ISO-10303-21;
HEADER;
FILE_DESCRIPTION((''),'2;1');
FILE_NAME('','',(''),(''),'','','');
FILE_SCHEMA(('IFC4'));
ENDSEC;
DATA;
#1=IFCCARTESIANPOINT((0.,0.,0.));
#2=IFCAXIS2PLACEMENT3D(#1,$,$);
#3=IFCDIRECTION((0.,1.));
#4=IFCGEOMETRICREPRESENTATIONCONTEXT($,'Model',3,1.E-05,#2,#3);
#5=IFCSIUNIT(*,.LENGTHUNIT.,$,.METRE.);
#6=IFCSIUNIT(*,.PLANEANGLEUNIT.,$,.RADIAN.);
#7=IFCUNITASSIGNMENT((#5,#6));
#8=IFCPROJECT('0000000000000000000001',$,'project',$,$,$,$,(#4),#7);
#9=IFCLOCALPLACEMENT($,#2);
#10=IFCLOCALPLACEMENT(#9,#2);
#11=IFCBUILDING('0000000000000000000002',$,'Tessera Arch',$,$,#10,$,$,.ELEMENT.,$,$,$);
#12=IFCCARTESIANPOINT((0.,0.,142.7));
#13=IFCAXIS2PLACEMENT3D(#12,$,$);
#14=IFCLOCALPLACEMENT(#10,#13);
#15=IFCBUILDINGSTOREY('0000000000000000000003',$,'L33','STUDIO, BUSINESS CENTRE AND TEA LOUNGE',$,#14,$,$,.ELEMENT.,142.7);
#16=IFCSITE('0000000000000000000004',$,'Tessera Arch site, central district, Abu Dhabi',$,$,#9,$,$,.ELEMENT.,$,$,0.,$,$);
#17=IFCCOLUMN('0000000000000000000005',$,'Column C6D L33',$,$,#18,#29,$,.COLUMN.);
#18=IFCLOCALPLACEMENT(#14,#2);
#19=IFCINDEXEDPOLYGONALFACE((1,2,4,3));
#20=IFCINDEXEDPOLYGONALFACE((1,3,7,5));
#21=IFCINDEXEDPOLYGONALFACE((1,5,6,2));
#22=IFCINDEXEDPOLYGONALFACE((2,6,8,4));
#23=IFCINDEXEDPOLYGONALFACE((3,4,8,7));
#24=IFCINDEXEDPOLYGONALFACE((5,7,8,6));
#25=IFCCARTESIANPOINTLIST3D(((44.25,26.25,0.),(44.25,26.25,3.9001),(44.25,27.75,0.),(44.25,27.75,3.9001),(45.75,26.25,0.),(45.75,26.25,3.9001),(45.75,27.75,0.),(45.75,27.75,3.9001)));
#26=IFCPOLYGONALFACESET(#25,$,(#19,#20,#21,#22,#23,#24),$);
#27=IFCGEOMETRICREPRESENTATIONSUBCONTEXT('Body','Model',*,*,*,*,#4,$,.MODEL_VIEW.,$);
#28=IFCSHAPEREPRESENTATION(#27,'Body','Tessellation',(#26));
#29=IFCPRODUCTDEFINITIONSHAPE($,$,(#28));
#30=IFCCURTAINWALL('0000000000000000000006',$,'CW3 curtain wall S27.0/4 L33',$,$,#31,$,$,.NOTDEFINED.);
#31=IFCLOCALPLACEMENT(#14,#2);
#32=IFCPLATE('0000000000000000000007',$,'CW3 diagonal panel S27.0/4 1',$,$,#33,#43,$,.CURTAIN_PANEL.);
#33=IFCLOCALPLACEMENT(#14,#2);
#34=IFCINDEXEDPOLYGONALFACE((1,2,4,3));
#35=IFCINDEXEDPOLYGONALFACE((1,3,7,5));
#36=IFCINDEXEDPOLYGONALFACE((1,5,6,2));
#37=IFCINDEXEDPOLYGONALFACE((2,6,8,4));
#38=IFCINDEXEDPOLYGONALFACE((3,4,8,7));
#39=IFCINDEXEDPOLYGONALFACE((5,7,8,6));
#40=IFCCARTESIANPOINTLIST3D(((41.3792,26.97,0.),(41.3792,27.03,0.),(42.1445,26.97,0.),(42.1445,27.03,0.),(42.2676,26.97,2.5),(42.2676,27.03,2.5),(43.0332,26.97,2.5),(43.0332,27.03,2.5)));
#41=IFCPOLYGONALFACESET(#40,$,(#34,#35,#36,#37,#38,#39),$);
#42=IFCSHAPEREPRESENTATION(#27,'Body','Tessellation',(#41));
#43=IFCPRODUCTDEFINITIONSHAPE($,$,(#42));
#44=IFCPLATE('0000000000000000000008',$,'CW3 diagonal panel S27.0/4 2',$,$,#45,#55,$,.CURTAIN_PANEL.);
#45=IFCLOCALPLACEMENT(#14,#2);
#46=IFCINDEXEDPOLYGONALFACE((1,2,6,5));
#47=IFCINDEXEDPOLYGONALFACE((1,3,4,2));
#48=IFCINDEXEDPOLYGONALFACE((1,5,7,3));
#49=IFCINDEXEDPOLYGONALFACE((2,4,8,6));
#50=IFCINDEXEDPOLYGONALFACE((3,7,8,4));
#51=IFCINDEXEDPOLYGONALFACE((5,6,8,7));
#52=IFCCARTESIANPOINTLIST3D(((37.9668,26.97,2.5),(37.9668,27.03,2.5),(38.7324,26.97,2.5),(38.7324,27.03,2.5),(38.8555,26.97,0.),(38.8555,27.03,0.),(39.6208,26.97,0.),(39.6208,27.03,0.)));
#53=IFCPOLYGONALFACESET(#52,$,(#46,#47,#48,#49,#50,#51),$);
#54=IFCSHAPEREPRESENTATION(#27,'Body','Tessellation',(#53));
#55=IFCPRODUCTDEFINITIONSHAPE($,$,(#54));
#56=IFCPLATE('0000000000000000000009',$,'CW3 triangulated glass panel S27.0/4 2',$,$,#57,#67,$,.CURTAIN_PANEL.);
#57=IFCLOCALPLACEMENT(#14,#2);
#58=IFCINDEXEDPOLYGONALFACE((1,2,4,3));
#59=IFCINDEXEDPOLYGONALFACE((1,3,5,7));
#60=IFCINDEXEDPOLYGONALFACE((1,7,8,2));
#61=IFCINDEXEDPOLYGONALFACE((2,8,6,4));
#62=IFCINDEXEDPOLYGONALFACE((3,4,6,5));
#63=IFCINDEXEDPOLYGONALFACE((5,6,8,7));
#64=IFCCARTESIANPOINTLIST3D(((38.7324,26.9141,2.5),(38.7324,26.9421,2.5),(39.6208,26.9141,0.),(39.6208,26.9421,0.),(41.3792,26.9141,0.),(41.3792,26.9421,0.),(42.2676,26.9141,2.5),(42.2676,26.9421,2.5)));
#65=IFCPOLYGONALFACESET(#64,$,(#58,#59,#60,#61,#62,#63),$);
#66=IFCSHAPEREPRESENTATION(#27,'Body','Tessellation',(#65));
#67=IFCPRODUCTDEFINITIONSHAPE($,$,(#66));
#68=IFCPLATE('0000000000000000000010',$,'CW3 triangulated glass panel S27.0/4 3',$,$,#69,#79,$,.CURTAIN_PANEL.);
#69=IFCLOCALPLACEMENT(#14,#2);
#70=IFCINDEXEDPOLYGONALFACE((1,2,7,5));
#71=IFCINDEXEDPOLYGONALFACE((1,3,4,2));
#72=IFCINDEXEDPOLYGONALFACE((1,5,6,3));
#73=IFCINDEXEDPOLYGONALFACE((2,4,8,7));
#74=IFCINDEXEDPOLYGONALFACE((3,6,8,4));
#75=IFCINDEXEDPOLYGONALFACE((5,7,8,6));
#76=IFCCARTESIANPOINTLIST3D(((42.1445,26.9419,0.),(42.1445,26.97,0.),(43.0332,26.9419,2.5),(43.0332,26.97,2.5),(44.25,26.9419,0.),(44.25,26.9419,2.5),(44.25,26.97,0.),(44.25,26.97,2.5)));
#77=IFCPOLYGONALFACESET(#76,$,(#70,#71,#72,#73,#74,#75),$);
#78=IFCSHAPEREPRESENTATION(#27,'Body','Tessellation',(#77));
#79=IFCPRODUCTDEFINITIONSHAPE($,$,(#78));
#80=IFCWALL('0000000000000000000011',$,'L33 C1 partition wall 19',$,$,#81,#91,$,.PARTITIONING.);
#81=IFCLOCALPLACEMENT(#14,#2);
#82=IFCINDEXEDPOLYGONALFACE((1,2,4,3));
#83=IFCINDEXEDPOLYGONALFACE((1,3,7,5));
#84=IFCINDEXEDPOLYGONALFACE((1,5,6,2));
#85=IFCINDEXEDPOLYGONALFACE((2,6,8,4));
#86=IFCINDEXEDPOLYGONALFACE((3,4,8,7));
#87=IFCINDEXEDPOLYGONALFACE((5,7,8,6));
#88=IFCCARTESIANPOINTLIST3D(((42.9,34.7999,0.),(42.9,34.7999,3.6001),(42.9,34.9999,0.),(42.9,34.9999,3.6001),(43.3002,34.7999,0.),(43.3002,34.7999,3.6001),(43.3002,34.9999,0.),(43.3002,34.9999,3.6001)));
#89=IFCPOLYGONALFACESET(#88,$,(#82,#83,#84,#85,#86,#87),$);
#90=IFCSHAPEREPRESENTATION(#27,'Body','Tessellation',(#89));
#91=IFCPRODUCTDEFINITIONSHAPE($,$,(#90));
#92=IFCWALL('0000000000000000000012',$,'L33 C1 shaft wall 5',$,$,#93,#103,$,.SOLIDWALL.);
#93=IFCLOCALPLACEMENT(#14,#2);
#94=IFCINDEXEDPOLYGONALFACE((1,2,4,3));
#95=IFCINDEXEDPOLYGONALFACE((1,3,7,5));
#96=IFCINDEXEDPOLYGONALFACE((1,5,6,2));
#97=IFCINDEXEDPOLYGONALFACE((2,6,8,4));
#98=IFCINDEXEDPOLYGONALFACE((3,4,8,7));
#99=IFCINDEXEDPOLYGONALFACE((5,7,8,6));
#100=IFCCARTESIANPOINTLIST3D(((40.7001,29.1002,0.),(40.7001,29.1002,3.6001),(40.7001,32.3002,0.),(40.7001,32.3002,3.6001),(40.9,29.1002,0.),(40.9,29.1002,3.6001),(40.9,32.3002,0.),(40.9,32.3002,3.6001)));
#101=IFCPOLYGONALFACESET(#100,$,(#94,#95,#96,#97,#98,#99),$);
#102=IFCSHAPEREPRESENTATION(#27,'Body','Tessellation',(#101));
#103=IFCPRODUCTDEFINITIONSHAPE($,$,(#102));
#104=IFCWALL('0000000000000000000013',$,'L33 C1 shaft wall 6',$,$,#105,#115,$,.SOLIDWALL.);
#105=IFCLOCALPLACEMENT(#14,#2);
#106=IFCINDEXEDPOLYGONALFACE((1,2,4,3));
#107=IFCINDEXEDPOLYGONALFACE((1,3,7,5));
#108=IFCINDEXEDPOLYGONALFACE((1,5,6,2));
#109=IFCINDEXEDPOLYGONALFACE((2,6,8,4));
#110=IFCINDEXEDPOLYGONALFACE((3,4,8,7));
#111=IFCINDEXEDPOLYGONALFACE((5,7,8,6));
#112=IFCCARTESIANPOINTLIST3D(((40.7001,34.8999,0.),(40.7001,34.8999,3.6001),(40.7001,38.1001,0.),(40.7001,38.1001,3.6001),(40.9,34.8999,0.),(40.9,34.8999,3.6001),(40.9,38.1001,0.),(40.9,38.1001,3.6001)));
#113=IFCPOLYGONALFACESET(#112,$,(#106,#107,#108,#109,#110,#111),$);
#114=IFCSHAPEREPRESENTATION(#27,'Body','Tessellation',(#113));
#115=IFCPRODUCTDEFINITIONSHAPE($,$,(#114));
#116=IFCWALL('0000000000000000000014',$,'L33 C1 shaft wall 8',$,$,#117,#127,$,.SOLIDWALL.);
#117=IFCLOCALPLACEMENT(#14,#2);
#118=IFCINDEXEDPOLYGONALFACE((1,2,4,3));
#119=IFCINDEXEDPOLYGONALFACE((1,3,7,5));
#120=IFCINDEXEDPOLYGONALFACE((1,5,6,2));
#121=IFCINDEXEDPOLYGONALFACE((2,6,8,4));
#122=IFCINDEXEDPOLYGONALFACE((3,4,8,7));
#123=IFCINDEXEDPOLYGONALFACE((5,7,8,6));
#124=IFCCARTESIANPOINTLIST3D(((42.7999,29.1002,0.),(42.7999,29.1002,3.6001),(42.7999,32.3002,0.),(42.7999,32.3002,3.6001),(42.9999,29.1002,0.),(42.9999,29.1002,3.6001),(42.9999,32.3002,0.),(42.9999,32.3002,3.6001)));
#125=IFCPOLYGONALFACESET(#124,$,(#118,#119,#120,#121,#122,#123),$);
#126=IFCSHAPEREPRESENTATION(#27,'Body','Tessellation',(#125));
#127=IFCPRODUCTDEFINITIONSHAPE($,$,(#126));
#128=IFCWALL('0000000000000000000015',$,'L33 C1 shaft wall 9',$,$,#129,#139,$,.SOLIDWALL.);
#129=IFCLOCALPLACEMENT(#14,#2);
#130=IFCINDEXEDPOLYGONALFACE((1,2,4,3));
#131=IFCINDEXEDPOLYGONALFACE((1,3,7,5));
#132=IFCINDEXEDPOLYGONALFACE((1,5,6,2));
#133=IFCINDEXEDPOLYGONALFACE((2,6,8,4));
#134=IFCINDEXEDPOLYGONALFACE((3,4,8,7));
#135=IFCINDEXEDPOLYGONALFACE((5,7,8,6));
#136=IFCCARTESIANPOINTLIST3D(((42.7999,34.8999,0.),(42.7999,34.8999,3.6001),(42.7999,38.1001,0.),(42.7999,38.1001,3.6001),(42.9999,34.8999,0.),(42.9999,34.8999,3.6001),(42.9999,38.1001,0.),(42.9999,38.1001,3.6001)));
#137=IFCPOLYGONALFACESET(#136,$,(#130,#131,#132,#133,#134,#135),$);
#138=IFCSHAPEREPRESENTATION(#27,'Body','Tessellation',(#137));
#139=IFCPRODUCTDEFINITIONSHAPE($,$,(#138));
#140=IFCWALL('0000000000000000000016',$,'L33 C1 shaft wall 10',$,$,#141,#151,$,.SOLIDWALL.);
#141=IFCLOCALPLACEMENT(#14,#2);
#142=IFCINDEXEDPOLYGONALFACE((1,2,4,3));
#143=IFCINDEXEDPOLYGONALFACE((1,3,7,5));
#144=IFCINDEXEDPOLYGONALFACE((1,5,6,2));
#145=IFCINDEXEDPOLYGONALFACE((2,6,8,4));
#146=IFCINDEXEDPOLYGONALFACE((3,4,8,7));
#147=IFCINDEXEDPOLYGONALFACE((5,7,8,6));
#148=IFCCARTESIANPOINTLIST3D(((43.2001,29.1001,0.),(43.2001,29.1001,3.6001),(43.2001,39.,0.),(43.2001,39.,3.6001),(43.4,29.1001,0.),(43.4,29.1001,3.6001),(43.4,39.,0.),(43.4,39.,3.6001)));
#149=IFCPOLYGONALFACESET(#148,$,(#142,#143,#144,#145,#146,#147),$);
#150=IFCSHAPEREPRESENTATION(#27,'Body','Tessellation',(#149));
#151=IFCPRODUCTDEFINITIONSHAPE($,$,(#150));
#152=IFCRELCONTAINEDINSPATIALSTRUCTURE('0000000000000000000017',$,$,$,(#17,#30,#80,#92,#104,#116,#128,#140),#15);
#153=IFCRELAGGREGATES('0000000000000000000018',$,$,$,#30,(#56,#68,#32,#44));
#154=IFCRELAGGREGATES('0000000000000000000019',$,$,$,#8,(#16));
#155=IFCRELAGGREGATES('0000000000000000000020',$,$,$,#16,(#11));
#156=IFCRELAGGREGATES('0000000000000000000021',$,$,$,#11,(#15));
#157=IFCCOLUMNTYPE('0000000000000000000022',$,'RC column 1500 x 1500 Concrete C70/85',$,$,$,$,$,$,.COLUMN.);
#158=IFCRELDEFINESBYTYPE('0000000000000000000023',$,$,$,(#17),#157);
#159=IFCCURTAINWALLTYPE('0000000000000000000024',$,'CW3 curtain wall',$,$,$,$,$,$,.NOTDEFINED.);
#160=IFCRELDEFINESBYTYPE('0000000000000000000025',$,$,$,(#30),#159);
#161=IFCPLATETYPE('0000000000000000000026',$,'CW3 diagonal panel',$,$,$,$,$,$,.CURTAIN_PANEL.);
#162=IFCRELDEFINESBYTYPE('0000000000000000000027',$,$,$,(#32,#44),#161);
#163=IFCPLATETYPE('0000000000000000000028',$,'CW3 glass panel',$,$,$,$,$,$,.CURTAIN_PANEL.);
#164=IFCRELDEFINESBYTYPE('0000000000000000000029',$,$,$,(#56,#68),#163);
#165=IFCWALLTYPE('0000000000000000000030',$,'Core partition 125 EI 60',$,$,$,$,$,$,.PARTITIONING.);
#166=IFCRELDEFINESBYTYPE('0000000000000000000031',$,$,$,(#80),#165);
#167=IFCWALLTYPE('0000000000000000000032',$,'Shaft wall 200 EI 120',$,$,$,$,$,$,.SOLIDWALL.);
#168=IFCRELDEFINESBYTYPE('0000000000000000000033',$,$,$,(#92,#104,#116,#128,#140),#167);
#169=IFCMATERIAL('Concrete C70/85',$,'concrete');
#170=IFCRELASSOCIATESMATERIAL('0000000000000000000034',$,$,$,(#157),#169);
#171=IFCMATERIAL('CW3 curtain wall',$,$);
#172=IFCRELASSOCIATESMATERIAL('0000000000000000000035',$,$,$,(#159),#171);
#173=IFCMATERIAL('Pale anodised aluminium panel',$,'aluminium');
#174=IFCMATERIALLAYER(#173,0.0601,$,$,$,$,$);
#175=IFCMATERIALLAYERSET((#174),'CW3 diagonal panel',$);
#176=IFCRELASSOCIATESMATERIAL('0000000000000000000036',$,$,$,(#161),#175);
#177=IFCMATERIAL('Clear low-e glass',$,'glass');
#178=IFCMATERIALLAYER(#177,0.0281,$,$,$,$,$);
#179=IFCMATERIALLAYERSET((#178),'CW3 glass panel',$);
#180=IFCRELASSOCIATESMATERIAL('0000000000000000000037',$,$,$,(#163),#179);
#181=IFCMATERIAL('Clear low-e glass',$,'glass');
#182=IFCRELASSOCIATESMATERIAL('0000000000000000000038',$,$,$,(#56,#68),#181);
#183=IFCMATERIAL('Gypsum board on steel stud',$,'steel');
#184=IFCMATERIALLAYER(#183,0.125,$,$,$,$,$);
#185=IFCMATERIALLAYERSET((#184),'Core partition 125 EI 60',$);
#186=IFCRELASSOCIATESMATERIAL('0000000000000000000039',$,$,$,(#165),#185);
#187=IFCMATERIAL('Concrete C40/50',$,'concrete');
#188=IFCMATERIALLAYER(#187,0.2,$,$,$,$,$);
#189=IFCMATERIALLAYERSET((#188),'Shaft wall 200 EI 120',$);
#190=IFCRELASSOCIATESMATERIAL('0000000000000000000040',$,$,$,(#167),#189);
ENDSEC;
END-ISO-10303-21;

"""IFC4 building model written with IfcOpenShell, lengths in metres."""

from ifc_helpers import new_model, si_unit, direction, frame, frame_2d, origin, origin_2d, place, context, subcontext, project, spatial, polyline, rectangle, outline, extrude, material, layer, layer_set, material_profile, profile_set, type_object, element, aggregate, save


model = new_model("IFC4")

# Units and contexts
model_context = context("Model", 3, precision=1e-05, world=origin(), true_north=direction((0.0, 1.0)))
body_context = subcontext(model_context, "Body", "Model", "MODEL_VIEW")
ifc_project = project(units=[si_unit("LENGTHUNIT", "METRE"), si_unit("PLANEANGLEUNIT", "RADIAN")], contexts=[model_context])

# Site, building, storey
site_placement = place(None, origin())
site = spatial("IfcSite", under=ifc_project, at=site_placement, Name="Tessera Arch site, central district, Abu Dhabi", CompositionType="ELEMENT", RefElevation=0.0)
building_placement = place(site_placement, origin())
building = spatial("IfcBuilding", under=site, at=building_placement, Name="Tessera Arch", CompositionType="ELEMENT")
storey_placement = place(building_placement, frame((0.0, 0.0, 142.7)))
storey = spatial("IfcBuildingStorey", under=building, at=storey_placement, Name="L33", Description="STUDIO, BUSINESS CENTRE AND TEA LOUNGE", CompositionType="ELEMENT", Elevation=142.7)

# Column
ifc_material_1 = material(Name="Concrete C70/85", Category="concrete")
ifc_material_profile = material_profile(ifc_material_1, rectangle(XDim=1.5, YDim=1.5, at=origin_2d()), Name="RC column 1500 x 1500 Concrete C70/85")
ifc_profile_set = profile_set([ifc_material_profile], Name="Concrete C70/85")
column_type = type_object("IfcColumnType", Name="RC column 1500 x 1500 Concrete C70/85", PredefinedType="COLUMN", material=ifc_profile_set)
column_placement = place(storey_placement, frame((45.0, 27.0, 0.0), z_axis=(0.0, 0.0, 1.0), x_axis=(1.0, 0.0, 0.0)))
element("IfcColumn", 1, at=column_placement, inside=storey, type_object=column_type, Name="Column C6D L33", PredefinedType="COLUMN", context=body_context, shape_type="SweptSolid", body=[
    extrude(rectangle(XDim=1.5, YDim=1.5, at=origin_2d()), origin(), (0.0, 0.0, 1.0), 3.9001),
])

# Curtain wall, plates
ifc_material_2 = material(Name="CW3 curtain wall")
curtain_wall_type = type_object("IfcCurtainWallType", Name="CW3 curtain wall", PredefinedType="NOTDEFINED", material=ifc_material_2)
curtain_wall_placement = place(storey_placement, origin())
curtain_wall = element("IfcCurtainWall", 2, at=curtain_wall_placement, inside=storey, type_object=curtain_wall_type, Name="CW3 curtain wall S27.0/4 L33", PredefinedType="NOTDEFINED")
ifc_material_3 = material(Name="Pale anodised aluminium panel", Category="aluminium")
ifc_layer_1 = layer(ifc_material_3, 0.0601)
ifc_layer_set_1 = layer_set([ifc_layer_1], Name="CW3 diagonal panel")
plate_type_1 = type_object("IfcPlateType", Name="CW3 diagonal panel", PredefinedType="CURTAIN_PANEL", material=ifc_layer_set_1)
plate_1_placement = place(storey_placement, frame((43.0332, 26.97, 2.5), z_axis=(0.0, -1.0, 0.0), x_axis=(-1.0, 0.0, 0.0)))
plate_1 = element("IfcPlate", 3, at=plate_1_placement, type_object=plate_type_1, Name="CW3 diagonal panel S27.0/4 1", PredefinedType="CURTAIN_PANEL", context=body_context, shape_type="SweptSolid", body=[
    extrude(outline(polyline([(0.0, 0.0), (0.7656, 0.0), (1.6541, 2.5), (0.8887, 2.5), (0.0, 0.0)])), origin(), (0.0, 0.0, -1.0), 0.0601),
])
plate_2_placement = place(storey_placement, frame((38.7324, 26.97, 2.5), z_axis=(0.0, -1.0, 0.0), x_axis=(-1.0, 0.0, 0.0)))
plate_2 = element("IfcPlate", 4, at=plate_2_placement, type_object=plate_type_1, Name="CW3 diagonal panel S27.0/4 2", PredefinedType="CURTAIN_PANEL", context=body_context, shape_type="SweptSolid", body=[
    extrude(outline(polyline([(0.0, 0.0), (0.7656, 0.0), (-0.123, 2.5), (-0.8884, 2.5), (0.0, 0.0)])), origin(), (0.0, 0.0, -1.0), 0.0601),
])
ifc_material_4 = material(Name="Clear low-e glass", Category="glass")
ifc_material_5 = material(Name="Clear low-e glass", Category="glass")
ifc_layer_2 = layer(ifc_material_5, 0.0281)
ifc_layer_set_2 = layer_set([ifc_layer_2], Name="CW3 glass panel")
plate_type_2 = type_object("IfcPlateType", Name="CW3 glass panel", PredefinedType="CURTAIN_PANEL", material=ifc_layer_set_2)
plate_3_placement = place(storey_placement, frame((42.2676, 26.9141, 2.5), z_axis=(0.0, -1.0, 0.0), x_axis=(-1.0, 0.0, 0.0)))
plate_3 = element("IfcPlate", 5, at=plate_3_placement, type_object=plate_type_2, material=ifc_material_4, Name="CW3 triangulated glass panel S27.0/4 2", PredefinedType="CURTAIN_PANEL", context=body_context, shape_type="SweptSolid", body=[
    extrude(outline(polyline([(0.0, 0.0), (3.5352, 0.0), (2.6467, 2.5), (0.8884, 2.5), (0.0, 0.0)])), origin(), (0.0, 0.0, -1.0), 0.0281),
])
plate_4_placement = place(storey_placement, frame((44.25, 26.9419, 2.5), z_axis=(0.0, -1.0, 0.0), x_axis=(-1.0, 0.0, 0.0)))
plate_4 = element("IfcPlate", 6, at=plate_4_placement, type_object=plate_type_2, material=ifc_material_4, Name="CW3 triangulated glass panel S27.0/4 3", PredefinedType="CURTAIN_PANEL", context=body_context, shape_type="SweptSolid", body=[
    extrude(outline(polyline([(0.0, 0.0), (1.2168, 0.0), (2.1055, 2.5), (0.0, 2.5), (0.0, 0.0)])), origin(), (0.0, 0.0, -1.0), 0.0281),
])
aggregate(curtain_wall, [plate_3, plate_4, plate_1, plate_2])

# Walls
ifc_material_6 = material(Name="Gypsum board on steel stud", Category="steel")
ifc_layer_3 = layer(ifc_material_6, 0.125)
ifc_layer_set_3 = layer_set([ifc_layer_3], Name="Core partition 125 EI 60")
wall_type_1 = type_object("IfcWallType", Name="Core partition 125 EI 60", PredefinedType="PARTITIONING", material=ifc_layer_set_3)
wall_1_placement = place(storey_placement, frame((42.8999, 34.8999, 0.0), z_axis=(0.0, 0.0, 1.0), x_axis=(1.0, 0.0, 0.0)))
element("IfcWall", 7, at=wall_1_placement, inside=storey, type_object=wall_type_1, Name="L33 C1 partition wall 19", PredefinedType="PARTITIONING", context=body_context, shape_type="SweptSolid", body=[
    extrude(rectangle(XDim=0.4001, YDim=0.2, at=frame_2d((0.2002, 0.0))), origin(), (0.0, 0.0, 1.0), 3.6001),
])
ifc_material_7 = material(Name="Concrete C40/50", Category="concrete")
ifc_layer_4 = layer(ifc_material_7, 0.2)
ifc_layer_set_4 = layer_set([ifc_layer_4], Name="Shaft wall 200 EI 120")
wall_type_2 = type_object("IfcWallType", Name="Shaft wall 200 EI 120", PredefinedType="SOLIDWALL", material=ifc_layer_set_4)
wall_2_placement = place(storey_placement, frame((40.8, 29.1001, 0.0), z_axis=(0.0, 0.0, 1.0), x_axis=(0.0, 1.0, 0.0)))
element("IfcWall", 8, at=wall_2_placement, inside=storey, type_object=wall_type_2, Name="L33 C1 shaft wall 5", PredefinedType="SOLIDWALL", context=body_context, shape_type="SweptSolid", body=[
    extrude(rectangle(XDim=3.2, YDim=0.2, at=frame_2d((1.6001, 0.0))), origin(), (0.0, 0.0, 1.0), 3.6001),
])
wall_3_placement = place(storey_placement, frame((40.8, 34.8999, 0.0), z_axis=(0.0, 0.0, 1.0), x_axis=(0.0, 1.0, 0.0)))
element("IfcWall", 9, at=wall_3_placement, inside=storey, type_object=wall_type_2, Name="L33 C1 shaft wall 6", PredefinedType="SOLIDWALL", context=body_context, shape_type="SweptSolid", body=[
    extrude(rectangle(XDim=3.2002, YDim=0.2, at=frame_2d((1.6001, 0.0))), origin(), (0.0, 0.0, 1.0), 3.6001),
])
wall_4_placement = place(storey_placement, frame((42.8999, 29.1001, 0.0), z_axis=(0.0, 0.0, 1.0), x_axis=(0.0, 1.0, 0.0)))
element("IfcWall", 10, at=wall_4_placement, inside=storey, type_object=wall_type_2, Name="L33 C1 shaft wall 8", PredefinedType="SOLIDWALL", context=body_context, shape_type="SweptSolid", body=[
    extrude(rectangle(XDim=3.2, YDim=0.2, at=frame_2d((1.6001, 0.0))), origin(), (0.0, 0.0, 1.0), 3.6001),
])
wall_5_placement = place(storey_placement, frame((42.8999, 34.8999, 0.0), z_axis=(0.0, 0.0, 1.0), x_axis=(0.0, 1.0, 0.0)))
element("IfcWall", 11, at=wall_5_placement, inside=storey, type_object=wall_type_2, Name="L33 C1 shaft wall 9", PredefinedType="SOLIDWALL", context=body_context, shape_type="SweptSolid", body=[
    extrude(rectangle(XDim=3.2002, YDim=0.2, at=frame_2d((1.6001, 0.0))), origin(), (0.0, 0.0, 1.0), 3.6001),
])
wall_6_placement = place(storey_placement, frame((43.3, 29.1001, 0.0), z_axis=(0.0, 0.0, 1.0), x_axis=(0.0, 1.0, 0.0)))
element("IfcWall", 12, at=wall_6_placement, inside=storey, type_object=wall_type_2, Name="L33 C1 shaft wall 10", PredefinedType="SOLIDWALL", context=body_context, shape_type="SweptSolid", body=[
    extrude(rectangle(XDim=9.8999, YDim=0.2, at=frame_2d((4.95, 0.0))), origin(), (0.0, 0.0, 1.0), 3.6001),
])

save(model, "model.ifc")
